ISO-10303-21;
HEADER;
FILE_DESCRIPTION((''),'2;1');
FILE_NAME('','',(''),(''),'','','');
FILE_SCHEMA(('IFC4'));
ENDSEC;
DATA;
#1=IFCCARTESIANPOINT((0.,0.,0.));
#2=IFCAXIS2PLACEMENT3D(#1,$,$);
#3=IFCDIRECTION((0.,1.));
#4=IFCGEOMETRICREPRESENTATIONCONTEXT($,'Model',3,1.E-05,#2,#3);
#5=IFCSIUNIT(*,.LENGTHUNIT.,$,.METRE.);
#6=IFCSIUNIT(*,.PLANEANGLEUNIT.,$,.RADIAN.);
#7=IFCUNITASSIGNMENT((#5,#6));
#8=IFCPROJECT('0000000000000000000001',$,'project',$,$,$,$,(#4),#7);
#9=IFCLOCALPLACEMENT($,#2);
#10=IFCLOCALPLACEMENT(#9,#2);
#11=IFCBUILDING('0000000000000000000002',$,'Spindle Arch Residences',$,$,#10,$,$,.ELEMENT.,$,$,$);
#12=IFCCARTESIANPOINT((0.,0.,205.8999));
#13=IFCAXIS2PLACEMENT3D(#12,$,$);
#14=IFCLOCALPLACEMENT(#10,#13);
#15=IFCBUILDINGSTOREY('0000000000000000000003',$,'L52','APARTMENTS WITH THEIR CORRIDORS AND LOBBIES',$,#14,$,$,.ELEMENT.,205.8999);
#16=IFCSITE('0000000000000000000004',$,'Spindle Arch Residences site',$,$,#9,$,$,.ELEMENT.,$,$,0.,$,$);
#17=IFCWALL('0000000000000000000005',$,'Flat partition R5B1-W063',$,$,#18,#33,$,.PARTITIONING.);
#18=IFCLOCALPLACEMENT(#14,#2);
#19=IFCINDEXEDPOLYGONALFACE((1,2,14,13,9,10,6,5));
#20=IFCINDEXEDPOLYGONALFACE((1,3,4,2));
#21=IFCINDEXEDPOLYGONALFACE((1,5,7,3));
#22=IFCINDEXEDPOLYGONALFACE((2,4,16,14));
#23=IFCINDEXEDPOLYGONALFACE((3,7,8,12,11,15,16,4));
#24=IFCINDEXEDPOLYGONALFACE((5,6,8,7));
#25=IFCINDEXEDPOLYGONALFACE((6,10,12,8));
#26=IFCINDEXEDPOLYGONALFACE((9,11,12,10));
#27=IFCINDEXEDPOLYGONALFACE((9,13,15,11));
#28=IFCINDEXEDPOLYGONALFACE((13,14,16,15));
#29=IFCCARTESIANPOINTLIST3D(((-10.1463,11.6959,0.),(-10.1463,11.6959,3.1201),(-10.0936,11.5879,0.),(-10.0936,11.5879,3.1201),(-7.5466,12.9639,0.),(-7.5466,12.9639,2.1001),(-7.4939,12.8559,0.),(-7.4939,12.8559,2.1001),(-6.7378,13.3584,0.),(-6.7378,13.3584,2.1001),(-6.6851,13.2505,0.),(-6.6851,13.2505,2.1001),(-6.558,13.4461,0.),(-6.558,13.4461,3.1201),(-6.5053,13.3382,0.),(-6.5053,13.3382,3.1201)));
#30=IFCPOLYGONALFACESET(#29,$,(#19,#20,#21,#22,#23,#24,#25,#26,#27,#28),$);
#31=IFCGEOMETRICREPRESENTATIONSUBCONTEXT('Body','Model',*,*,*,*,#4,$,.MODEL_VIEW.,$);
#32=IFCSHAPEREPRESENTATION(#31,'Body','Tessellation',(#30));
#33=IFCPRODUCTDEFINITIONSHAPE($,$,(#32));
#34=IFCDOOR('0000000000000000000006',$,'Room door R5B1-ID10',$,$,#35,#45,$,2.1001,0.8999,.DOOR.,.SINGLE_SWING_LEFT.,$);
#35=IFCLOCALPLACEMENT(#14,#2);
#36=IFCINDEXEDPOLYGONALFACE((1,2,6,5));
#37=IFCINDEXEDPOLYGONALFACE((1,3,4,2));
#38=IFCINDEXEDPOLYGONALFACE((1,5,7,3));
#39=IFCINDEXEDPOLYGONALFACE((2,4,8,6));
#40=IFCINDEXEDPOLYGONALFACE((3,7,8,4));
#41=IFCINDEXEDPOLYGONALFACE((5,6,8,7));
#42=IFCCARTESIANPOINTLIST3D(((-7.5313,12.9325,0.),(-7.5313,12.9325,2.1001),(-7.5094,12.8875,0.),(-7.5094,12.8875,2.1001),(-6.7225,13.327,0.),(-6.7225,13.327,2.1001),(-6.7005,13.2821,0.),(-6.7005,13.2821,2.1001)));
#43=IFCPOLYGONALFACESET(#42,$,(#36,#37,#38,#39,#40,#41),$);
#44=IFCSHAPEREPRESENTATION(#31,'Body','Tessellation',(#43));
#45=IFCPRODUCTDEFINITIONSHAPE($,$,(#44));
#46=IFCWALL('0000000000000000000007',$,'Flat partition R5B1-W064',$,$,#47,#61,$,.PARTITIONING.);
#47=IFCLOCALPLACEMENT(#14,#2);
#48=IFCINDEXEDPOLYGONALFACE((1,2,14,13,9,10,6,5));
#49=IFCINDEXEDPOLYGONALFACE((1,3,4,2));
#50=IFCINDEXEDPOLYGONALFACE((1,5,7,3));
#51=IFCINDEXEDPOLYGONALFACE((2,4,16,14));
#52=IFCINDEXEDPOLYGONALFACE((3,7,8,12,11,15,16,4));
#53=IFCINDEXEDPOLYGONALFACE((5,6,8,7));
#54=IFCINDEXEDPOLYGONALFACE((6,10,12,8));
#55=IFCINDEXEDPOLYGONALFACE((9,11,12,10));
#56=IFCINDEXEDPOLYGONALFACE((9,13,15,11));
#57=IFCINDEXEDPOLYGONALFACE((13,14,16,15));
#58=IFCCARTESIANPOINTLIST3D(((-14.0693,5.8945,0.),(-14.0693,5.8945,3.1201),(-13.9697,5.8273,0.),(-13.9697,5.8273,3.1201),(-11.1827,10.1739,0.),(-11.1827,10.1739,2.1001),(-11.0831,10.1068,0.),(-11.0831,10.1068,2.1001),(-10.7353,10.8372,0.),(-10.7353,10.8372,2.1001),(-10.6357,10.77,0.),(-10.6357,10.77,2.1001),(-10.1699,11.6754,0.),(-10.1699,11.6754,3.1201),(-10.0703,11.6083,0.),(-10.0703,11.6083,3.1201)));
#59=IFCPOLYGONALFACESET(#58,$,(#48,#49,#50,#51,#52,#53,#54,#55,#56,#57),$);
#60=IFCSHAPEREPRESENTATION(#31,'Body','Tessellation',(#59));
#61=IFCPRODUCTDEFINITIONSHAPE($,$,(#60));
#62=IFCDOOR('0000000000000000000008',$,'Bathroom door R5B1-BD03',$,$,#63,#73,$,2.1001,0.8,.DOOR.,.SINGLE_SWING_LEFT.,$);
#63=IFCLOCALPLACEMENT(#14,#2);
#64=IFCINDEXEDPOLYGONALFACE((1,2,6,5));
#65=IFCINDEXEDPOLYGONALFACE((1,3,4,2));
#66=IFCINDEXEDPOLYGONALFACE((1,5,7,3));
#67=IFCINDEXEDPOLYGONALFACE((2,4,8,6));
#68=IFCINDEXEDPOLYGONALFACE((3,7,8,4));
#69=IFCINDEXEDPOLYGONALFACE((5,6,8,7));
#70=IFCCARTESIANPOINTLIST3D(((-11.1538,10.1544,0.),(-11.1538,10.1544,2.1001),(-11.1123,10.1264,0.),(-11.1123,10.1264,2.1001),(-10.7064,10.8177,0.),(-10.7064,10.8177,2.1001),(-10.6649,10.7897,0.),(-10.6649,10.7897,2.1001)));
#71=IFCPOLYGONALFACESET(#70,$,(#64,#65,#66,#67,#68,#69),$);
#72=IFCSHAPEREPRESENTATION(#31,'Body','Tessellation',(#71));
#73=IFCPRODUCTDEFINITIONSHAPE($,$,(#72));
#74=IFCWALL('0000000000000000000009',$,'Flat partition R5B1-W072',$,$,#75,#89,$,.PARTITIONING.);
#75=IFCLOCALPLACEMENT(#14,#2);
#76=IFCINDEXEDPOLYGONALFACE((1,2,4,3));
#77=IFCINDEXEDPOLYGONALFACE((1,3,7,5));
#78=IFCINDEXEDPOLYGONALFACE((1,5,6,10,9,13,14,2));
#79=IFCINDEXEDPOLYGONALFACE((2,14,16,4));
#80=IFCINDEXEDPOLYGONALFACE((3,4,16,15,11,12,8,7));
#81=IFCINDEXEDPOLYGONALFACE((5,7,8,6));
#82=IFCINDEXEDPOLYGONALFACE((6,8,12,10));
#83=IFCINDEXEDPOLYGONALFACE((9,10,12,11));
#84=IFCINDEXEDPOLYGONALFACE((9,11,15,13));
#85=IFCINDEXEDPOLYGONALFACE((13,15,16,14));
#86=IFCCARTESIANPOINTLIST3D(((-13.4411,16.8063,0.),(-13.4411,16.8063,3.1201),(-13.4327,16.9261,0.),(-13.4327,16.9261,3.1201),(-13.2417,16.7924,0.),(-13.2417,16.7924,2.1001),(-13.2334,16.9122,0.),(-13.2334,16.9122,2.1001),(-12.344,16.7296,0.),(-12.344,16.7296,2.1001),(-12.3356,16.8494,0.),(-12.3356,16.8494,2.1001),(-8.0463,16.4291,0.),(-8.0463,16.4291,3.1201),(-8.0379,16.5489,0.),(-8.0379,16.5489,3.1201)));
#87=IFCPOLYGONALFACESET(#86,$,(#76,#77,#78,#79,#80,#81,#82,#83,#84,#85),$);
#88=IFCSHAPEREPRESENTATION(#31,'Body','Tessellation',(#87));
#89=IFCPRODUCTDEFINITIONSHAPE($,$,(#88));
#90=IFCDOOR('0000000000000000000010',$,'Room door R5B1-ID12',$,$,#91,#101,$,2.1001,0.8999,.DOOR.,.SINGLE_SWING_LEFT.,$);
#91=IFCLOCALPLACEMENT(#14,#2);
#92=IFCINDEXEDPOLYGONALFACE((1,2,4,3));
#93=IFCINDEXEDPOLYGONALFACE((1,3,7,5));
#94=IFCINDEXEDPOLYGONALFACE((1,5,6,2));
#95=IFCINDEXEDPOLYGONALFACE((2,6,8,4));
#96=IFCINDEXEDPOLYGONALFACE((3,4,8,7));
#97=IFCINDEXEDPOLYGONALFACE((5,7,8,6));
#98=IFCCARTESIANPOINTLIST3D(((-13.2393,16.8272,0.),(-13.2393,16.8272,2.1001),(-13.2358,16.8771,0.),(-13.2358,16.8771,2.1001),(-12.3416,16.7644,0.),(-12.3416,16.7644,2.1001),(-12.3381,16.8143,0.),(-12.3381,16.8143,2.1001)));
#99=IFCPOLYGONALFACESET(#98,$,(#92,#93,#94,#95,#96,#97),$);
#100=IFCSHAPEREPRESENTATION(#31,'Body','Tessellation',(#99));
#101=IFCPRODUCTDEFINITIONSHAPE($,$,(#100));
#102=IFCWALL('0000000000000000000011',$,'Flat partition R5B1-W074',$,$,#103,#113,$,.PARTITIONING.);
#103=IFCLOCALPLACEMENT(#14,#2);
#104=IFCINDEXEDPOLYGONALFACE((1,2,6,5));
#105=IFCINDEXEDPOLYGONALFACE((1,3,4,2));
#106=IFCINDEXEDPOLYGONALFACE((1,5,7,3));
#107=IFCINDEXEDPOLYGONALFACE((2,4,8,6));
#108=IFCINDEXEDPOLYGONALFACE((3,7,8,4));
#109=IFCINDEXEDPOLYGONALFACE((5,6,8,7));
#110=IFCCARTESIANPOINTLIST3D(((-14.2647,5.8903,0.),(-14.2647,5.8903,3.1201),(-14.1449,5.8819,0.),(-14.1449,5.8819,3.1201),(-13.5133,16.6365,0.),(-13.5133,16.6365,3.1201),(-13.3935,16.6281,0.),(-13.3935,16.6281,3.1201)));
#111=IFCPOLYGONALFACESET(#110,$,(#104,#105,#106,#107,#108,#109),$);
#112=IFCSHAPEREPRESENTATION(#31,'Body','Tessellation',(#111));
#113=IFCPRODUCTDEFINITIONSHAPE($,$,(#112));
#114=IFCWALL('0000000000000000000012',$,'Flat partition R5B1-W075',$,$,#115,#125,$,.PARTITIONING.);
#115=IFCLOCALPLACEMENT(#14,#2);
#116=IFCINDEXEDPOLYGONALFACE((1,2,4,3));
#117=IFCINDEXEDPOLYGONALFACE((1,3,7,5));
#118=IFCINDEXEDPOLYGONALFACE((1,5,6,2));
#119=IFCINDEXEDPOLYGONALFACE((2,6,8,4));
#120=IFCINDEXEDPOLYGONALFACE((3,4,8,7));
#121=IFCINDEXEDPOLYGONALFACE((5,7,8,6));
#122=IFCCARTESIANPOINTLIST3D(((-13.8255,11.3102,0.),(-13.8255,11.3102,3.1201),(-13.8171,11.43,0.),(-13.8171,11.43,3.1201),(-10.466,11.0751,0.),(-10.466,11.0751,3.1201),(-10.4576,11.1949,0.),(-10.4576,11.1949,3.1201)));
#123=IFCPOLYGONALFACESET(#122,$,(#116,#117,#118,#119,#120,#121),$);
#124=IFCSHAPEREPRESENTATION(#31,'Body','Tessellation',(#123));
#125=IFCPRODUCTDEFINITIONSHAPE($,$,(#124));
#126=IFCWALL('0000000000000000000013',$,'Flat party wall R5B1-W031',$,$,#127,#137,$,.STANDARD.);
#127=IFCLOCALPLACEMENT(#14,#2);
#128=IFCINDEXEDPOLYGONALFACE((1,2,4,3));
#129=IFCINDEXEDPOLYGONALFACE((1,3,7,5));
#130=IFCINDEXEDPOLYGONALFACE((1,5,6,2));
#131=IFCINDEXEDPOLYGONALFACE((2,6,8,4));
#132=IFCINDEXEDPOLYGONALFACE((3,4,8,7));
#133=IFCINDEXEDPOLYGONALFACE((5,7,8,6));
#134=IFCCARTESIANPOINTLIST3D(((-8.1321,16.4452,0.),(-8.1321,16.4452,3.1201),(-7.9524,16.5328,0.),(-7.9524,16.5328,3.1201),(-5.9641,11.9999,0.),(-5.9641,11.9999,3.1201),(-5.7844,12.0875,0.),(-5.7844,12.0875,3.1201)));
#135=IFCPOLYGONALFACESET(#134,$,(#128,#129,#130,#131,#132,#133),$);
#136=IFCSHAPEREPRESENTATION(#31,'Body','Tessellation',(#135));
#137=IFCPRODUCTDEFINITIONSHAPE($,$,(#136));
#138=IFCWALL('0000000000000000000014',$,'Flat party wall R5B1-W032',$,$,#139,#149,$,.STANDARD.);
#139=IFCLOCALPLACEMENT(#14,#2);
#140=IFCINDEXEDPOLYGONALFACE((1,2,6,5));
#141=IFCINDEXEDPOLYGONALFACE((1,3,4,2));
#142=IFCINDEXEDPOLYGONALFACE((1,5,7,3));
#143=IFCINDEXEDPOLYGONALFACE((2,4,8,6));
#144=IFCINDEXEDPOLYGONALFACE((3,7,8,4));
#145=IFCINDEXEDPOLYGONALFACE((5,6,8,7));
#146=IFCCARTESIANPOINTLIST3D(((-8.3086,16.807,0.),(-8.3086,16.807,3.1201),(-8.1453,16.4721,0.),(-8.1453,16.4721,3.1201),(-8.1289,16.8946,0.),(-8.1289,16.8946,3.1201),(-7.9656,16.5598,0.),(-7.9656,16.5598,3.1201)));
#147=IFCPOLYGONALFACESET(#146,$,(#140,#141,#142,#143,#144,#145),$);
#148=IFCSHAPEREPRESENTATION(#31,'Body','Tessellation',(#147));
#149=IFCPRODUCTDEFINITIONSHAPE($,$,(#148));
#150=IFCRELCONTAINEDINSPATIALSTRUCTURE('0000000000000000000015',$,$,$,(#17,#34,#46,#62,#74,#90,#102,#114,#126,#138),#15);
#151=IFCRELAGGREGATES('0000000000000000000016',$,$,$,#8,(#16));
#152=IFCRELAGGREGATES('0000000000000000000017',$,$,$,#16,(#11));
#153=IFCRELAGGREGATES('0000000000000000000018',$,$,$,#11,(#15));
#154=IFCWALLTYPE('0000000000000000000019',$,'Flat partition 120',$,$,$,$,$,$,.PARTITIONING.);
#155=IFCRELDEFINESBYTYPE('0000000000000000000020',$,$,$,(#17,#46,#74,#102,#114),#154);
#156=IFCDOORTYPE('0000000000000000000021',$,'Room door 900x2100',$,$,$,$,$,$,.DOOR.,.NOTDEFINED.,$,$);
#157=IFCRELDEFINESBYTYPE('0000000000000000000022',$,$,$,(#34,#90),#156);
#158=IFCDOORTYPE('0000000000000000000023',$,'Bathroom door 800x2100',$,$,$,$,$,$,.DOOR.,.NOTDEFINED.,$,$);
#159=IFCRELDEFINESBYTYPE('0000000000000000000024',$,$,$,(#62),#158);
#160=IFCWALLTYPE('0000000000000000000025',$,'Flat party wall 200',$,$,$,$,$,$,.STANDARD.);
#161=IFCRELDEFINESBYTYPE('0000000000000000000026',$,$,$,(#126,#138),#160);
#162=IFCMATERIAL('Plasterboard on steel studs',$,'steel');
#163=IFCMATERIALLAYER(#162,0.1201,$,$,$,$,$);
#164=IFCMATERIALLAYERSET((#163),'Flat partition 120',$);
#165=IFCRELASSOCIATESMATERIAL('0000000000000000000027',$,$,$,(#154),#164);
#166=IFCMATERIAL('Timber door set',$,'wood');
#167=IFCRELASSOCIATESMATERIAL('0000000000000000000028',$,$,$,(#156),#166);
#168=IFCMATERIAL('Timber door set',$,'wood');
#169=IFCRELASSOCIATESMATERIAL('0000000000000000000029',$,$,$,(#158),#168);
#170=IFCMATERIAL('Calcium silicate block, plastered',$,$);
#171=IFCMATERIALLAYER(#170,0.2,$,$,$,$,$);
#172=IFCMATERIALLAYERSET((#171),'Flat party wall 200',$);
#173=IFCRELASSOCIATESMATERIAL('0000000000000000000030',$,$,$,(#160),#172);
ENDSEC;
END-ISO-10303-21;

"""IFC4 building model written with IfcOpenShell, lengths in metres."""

from ifc_helpers import new_model, si_unit, direction, frame, frame_2d, origin, place, context, subcontext, project, spatial, rectangle, extrude, material, layer, layer_set, type_object, element, fill, save


model = new_model("IFC4")

# Units and contexts
model_context = context("Model", 3, precision=1e-05, world=origin(), true_north=direction((0.0, 1.0)))
body_context = subcontext(model_context, "Body", "Model", "MODEL_VIEW")
ifc_project = project(units=[si_unit("LENGTHUNIT", "METRE"), si_unit("PLANEANGLEUNIT", "RADIAN")], contexts=[model_context])

# Site, building, storey
site_placement = place(None, origin())
site = spatial("IfcSite", under=ifc_project, at=site_placement, Name="Spindle Arch Residences site", CompositionType="ELEMENT", RefElevation=0.0)
building_placement = place(site_placement, origin())
building = spatial("IfcBuilding", under=site, at=building_placement, Name="Spindle Arch Residences", CompositionType="ELEMENT")
storey_placement = place(building_placement, frame((0.0, 0.0, 205.8999)))
storey = spatial("IfcBuildingStorey", under=building, at=storey_placement, Name="L52", Description="APARTMENTS WITH THEIR CORRIDORS AND LOBBIES", CompositionType="ELEMENT", Elevation=205.8999)

# Shared definitions
ifc_material_1 = material(Name="Plasterboard on steel studs", Category="steel")
ifc_layer_1 = layer(ifc_material_1, 0.1201)
ifc_layer_set_1 = layer_set([ifc_layer_1], Name="Flat partition 120")
wall_type_1 = type_object("IfcWallType", Name="Flat partition 120", PredefinedType="PARTITIONING", material=ifc_layer_set_1)
ifc_material_2 = material(Name="Timber door set", Category="wood")
door_type_1 = type_object("IfcDoorType", Name="Room door 900x2100", OperationType="NOTDEFINED", PredefinedType="DOOR", material=ifc_material_2)

# Walls, openings, doors
wall_1_placement = place(storey_placement, frame((-6.5317, 13.3921, 0.0), z_axis=(0.0, 0.0, 1.0), x_axis=(-0.898787, -0.438386, 0.0)))
wall_1 = element("IfcWall", 1, at=wall_1_placement, inside=storey, type_object=wall_type_1, Name="Flat partition R5B1-W063", PredefinedType="PARTITIONING", context=body_context, shape_type="SweptSolid", body=[
    extrude(rectangle(XDim=3.9924, YDim=0.1201, at=frame_2d((1.9961, 0.0))), origin(), (0.0, 0.0, 1.0), 3.1201),
])
opening_1_placement = place(wall_1_placement, frame((0.2, 0.0, 0.0)))
opening_1 = element("IfcOpeningElement", 2, at=opening_1_placement, cuts=wall_1, PredefinedType="OPENING", context=body_context, shape_type="SweptSolid", body=[
    extrude(rectangle(XDim=0.8999, YDim=2.1001, at=frame_2d((0.45, 1.05))), frame((0.0, 0.0701, 0.0), z_axis=(0.0, -1.0, 0.0), x_axis=(1.0, 0.0, 0.0)), (0.0, 0.0, 1.0), 0.1401),
])
door_1_placement = place(opening_1_placement, origin())
door_1 = element("IfcDoor", 3, at=door_1_placement, inside=storey, type_object=door_type_1, Name="Room door R5B1-ID10", OperationType="SINGLE_SWING_LEFT", OverallHeight=2.1001, OverallWidth=0.8999, PredefinedType="DOOR", context=body_context, shape_type="SweptSolid", body=[
    extrude(rectangle(XDim=0.8999, YDim=2.1001, at=frame_2d((0.45, 1.05))), frame((0.0, 0.0249, 0.0), z_axis=(0.0, -1.0, 0.0), x_axis=(1.0, 0.0, 0.0)), (0.0, 0.0, 1.0), 0.05),
])
fill(opening_1, door_1)
wall_2_placement = place(storey_placement, frame((-10.1201, 11.6418, 0.0), z_axis=(0.0, 0.0, 1.0), x_axis=(-0.5592, -0.829032, 0.0)))
wall_2 = element("IfcWall", 4, at=wall_2_placement, inside=storey, type_object=wall_type_1, Name="Flat partition R5B1-W064", PredefinedType="PARTITIONING", context=body_context, shape_type="SweptSolid", body=[
    extrude(rectangle(XDim=6.9731, YDim=0.1201, at=frame_2d((3.4866, 0.0))), origin(), (0.0, 0.0, 1.0), 3.1201),
])
opening_2_placement = place(wall_2_placement, frame((1.0112, 0.0, 0.0)))
opening_2 = element("IfcOpeningElement", 5, at=opening_2_placement, cuts=wall_2, PredefinedType="OPENING", context=body_context, shape_type="SweptSolid", body=[
    extrude(rectangle(XDim=0.8, YDim=2.1001, at=frame_2d((0.3999, 1.05))), frame((0.0, 0.0701, 0.0), z_axis=(0.0, -1.0, 0.0), x_axis=(1.0, 0.0, 0.0)), (0.0, 0.0, 1.0), 0.1401),
])
ifc_material_3 = material(Name="Timber door set", Category="wood")
door_type_2 = type_object("IfcDoorType", Name="Bathroom door 800x2100", OperationType="NOTDEFINED", PredefinedType="DOOR", material=ifc_material_3)
door_2_placement = place(opening_2_placement, origin())
door_2 = element("IfcDoor", 6, at=door_2_placement, inside=storey, type_object=door_type_2, Name="Bathroom door R5B1-BD03", OperationType="SINGLE_SWING_LEFT", OverallHeight=2.1001, OverallWidth=0.8, PredefinedType="DOOR", context=body_context, shape_type="SweptSolid", body=[
    extrude(rectangle(XDim=0.8, YDim=2.1001, at=frame_2d((0.3999, 1.05))), frame((0.0, 0.0249, 0.0), z_axis=(0.0, -1.0, 0.0), x_axis=(1.0, 0.0, 0.0)), (0.0, 0.0, 1.0), 0.05),
])
fill(opening_2, door_2)
wall_3_placement = place(storey_placement, frame((-13.437, 16.8662, 0.0), z_axis=(0.0, 0.0, 1.0), x_axis=(0.997565, -0.069749, 0.0)))
wall_3 = element("IfcWall", 7, at=wall_3_placement, inside=storey, type_object=wall_type_1, Name="Flat partition R5B1-W072", PredefinedType="PARTITIONING", context=body_context, shape_type="SweptSolid", body=[
    extrude(rectangle(XDim=5.408, YDim=0.1201, at=frame_2d((2.7041, 0.0))), origin(), (0.0, 0.0, 1.0), 3.1201),
])
opening_3_placement = place(wall_3_placement, frame((0.2, 0.0, 0.0)))
opening_3 = element("IfcOpeningElement", 8, at=opening_3_placement, cuts=wall_3, PredefinedType="OPENING", context=body_context, shape_type="SweptSolid", body=[
    extrude(rectangle(XDim=0.8999, YDim=2.1001, at=frame_2d((0.45, 1.05))), frame((0.0, 0.0701, 0.0), z_axis=(0.0, -1.0, 0.0), x_axis=(1.0, 0.0, 0.0)), (0.0, 0.0, 1.0), 0.1401),
])
door_3_placement = place(opening_3_placement, origin())
door_3 = element("IfcDoor", 9, at=door_3_placement, inside=storey, type_object=door_type_1, Name="Room door R5B1-ID12", OperationType="SINGLE_SWING_LEFT", OverallHeight=2.1001, OverallWidth=0.8999, PredefinedType="DOOR", context=body_context, shape_type="SweptSolid", body=[
    extrude(rectangle(XDim=0.8999, YDim=2.1001, at=frame_2d((0.45, 1.05))), frame((0.0, 0.0249, 0.0), z_axis=(0.0, -1.0, 0.0), x_axis=(1.0, 0.0, 0.0)), (0.0, 0.0, 1.0), 0.05),
])
fill(opening_3, door_3)

# Walls
wall_4_placement = place(storey_placement, frame((-13.4534, 16.6323, 0.0), z_axis=(0.0, 0.0, 1.0), x_axis=(-0.069757, -0.997564, 0.0)))
element("IfcWall", 10, at=wall_4_placement, inside=storey, type_object=wall_type_1, Name="Flat partition R5B1-W074", PredefinedType="PARTITIONING", context=body_context, shape_type="SweptSolid", body=[
    extrude(rectangle(XDim=10.7725, YDim=0.1201, at=frame_2d((5.3862, 0.0))), origin(), (0.0, 0.0, 1.0), 3.1201),
])
wall_5_placement = place(storey_placement, frame((-13.8213, 11.3701, 0.0), z_axis=(0.0, 0.0, 1.0), x_axis=(0.99756, -0.069815, 0.0)))
element("IfcWall", 11, at=wall_5_placement, inside=storey, type_object=wall_type_1, Name="Flat partition R5B1-W075", PredefinedType="PARTITIONING", context=body_context, shape_type="SweptSolid", body=[
    extrude(rectangle(XDim=3.3677, YDim=0.1201, at=frame_2d((1.6838, 0.0))), origin(), (0.0, 0.0, 1.0), 3.1201),
])
ifc_material_4 = material(Name="Calcium silicate block, plastered")
ifc_layer_2 = layer(ifc_material_4, 0.2)
ifc_layer_set_2 = layer_set([ifc_layer_2], Name="Flat party wall 200")
wall_type_2 = type_object("IfcWallType", Name="Flat party wall 200", PredefinedType="STANDARD", material=ifc_layer_set_2)
wall_6_placement = place(storey_placement, frame((-8.0422, 16.489, 0.0), z_axis=(0.0, 0.0, 1.0), x_axis=(0.438346, -0.898806, 0.0)))
element("IfcWall", 12, at=wall_6_placement, inside=storey, type_object=wall_type_2, Name="Flat party wall R5B1-W031", PredefinedType="STANDARD", context=body_context, shape_type="SweptSolid", body=[
    extrude(rectangle(XDim=4.9458, YDim=0.2, at=frame_2d((2.4729, 0.0))), origin(), (0.0, 0.0, 1.0), 3.1201),
])
wall_7_placement = place(storey_placement, frame((-8.2188, 16.8508, 0.0), z_axis=(0.0, 0.0, 1.0), x_axis=(0.438282, -0.898838, 0.0)))
element("IfcWall", 13, at=wall_7_placement, inside=storey, type_object=wall_type_2, Name="Flat party wall R5B1-W032", PredefinedType="STANDARD", context=body_context, shape_type="SweptSolid", body=[
    extrude(rectangle(XDim=0.3726, YDim=0.2, at=frame_2d((0.1863, 0.0))), origin(), (0.0, 0.0, 1.0), 3.1201),
])

save(model, "model.ifc")
